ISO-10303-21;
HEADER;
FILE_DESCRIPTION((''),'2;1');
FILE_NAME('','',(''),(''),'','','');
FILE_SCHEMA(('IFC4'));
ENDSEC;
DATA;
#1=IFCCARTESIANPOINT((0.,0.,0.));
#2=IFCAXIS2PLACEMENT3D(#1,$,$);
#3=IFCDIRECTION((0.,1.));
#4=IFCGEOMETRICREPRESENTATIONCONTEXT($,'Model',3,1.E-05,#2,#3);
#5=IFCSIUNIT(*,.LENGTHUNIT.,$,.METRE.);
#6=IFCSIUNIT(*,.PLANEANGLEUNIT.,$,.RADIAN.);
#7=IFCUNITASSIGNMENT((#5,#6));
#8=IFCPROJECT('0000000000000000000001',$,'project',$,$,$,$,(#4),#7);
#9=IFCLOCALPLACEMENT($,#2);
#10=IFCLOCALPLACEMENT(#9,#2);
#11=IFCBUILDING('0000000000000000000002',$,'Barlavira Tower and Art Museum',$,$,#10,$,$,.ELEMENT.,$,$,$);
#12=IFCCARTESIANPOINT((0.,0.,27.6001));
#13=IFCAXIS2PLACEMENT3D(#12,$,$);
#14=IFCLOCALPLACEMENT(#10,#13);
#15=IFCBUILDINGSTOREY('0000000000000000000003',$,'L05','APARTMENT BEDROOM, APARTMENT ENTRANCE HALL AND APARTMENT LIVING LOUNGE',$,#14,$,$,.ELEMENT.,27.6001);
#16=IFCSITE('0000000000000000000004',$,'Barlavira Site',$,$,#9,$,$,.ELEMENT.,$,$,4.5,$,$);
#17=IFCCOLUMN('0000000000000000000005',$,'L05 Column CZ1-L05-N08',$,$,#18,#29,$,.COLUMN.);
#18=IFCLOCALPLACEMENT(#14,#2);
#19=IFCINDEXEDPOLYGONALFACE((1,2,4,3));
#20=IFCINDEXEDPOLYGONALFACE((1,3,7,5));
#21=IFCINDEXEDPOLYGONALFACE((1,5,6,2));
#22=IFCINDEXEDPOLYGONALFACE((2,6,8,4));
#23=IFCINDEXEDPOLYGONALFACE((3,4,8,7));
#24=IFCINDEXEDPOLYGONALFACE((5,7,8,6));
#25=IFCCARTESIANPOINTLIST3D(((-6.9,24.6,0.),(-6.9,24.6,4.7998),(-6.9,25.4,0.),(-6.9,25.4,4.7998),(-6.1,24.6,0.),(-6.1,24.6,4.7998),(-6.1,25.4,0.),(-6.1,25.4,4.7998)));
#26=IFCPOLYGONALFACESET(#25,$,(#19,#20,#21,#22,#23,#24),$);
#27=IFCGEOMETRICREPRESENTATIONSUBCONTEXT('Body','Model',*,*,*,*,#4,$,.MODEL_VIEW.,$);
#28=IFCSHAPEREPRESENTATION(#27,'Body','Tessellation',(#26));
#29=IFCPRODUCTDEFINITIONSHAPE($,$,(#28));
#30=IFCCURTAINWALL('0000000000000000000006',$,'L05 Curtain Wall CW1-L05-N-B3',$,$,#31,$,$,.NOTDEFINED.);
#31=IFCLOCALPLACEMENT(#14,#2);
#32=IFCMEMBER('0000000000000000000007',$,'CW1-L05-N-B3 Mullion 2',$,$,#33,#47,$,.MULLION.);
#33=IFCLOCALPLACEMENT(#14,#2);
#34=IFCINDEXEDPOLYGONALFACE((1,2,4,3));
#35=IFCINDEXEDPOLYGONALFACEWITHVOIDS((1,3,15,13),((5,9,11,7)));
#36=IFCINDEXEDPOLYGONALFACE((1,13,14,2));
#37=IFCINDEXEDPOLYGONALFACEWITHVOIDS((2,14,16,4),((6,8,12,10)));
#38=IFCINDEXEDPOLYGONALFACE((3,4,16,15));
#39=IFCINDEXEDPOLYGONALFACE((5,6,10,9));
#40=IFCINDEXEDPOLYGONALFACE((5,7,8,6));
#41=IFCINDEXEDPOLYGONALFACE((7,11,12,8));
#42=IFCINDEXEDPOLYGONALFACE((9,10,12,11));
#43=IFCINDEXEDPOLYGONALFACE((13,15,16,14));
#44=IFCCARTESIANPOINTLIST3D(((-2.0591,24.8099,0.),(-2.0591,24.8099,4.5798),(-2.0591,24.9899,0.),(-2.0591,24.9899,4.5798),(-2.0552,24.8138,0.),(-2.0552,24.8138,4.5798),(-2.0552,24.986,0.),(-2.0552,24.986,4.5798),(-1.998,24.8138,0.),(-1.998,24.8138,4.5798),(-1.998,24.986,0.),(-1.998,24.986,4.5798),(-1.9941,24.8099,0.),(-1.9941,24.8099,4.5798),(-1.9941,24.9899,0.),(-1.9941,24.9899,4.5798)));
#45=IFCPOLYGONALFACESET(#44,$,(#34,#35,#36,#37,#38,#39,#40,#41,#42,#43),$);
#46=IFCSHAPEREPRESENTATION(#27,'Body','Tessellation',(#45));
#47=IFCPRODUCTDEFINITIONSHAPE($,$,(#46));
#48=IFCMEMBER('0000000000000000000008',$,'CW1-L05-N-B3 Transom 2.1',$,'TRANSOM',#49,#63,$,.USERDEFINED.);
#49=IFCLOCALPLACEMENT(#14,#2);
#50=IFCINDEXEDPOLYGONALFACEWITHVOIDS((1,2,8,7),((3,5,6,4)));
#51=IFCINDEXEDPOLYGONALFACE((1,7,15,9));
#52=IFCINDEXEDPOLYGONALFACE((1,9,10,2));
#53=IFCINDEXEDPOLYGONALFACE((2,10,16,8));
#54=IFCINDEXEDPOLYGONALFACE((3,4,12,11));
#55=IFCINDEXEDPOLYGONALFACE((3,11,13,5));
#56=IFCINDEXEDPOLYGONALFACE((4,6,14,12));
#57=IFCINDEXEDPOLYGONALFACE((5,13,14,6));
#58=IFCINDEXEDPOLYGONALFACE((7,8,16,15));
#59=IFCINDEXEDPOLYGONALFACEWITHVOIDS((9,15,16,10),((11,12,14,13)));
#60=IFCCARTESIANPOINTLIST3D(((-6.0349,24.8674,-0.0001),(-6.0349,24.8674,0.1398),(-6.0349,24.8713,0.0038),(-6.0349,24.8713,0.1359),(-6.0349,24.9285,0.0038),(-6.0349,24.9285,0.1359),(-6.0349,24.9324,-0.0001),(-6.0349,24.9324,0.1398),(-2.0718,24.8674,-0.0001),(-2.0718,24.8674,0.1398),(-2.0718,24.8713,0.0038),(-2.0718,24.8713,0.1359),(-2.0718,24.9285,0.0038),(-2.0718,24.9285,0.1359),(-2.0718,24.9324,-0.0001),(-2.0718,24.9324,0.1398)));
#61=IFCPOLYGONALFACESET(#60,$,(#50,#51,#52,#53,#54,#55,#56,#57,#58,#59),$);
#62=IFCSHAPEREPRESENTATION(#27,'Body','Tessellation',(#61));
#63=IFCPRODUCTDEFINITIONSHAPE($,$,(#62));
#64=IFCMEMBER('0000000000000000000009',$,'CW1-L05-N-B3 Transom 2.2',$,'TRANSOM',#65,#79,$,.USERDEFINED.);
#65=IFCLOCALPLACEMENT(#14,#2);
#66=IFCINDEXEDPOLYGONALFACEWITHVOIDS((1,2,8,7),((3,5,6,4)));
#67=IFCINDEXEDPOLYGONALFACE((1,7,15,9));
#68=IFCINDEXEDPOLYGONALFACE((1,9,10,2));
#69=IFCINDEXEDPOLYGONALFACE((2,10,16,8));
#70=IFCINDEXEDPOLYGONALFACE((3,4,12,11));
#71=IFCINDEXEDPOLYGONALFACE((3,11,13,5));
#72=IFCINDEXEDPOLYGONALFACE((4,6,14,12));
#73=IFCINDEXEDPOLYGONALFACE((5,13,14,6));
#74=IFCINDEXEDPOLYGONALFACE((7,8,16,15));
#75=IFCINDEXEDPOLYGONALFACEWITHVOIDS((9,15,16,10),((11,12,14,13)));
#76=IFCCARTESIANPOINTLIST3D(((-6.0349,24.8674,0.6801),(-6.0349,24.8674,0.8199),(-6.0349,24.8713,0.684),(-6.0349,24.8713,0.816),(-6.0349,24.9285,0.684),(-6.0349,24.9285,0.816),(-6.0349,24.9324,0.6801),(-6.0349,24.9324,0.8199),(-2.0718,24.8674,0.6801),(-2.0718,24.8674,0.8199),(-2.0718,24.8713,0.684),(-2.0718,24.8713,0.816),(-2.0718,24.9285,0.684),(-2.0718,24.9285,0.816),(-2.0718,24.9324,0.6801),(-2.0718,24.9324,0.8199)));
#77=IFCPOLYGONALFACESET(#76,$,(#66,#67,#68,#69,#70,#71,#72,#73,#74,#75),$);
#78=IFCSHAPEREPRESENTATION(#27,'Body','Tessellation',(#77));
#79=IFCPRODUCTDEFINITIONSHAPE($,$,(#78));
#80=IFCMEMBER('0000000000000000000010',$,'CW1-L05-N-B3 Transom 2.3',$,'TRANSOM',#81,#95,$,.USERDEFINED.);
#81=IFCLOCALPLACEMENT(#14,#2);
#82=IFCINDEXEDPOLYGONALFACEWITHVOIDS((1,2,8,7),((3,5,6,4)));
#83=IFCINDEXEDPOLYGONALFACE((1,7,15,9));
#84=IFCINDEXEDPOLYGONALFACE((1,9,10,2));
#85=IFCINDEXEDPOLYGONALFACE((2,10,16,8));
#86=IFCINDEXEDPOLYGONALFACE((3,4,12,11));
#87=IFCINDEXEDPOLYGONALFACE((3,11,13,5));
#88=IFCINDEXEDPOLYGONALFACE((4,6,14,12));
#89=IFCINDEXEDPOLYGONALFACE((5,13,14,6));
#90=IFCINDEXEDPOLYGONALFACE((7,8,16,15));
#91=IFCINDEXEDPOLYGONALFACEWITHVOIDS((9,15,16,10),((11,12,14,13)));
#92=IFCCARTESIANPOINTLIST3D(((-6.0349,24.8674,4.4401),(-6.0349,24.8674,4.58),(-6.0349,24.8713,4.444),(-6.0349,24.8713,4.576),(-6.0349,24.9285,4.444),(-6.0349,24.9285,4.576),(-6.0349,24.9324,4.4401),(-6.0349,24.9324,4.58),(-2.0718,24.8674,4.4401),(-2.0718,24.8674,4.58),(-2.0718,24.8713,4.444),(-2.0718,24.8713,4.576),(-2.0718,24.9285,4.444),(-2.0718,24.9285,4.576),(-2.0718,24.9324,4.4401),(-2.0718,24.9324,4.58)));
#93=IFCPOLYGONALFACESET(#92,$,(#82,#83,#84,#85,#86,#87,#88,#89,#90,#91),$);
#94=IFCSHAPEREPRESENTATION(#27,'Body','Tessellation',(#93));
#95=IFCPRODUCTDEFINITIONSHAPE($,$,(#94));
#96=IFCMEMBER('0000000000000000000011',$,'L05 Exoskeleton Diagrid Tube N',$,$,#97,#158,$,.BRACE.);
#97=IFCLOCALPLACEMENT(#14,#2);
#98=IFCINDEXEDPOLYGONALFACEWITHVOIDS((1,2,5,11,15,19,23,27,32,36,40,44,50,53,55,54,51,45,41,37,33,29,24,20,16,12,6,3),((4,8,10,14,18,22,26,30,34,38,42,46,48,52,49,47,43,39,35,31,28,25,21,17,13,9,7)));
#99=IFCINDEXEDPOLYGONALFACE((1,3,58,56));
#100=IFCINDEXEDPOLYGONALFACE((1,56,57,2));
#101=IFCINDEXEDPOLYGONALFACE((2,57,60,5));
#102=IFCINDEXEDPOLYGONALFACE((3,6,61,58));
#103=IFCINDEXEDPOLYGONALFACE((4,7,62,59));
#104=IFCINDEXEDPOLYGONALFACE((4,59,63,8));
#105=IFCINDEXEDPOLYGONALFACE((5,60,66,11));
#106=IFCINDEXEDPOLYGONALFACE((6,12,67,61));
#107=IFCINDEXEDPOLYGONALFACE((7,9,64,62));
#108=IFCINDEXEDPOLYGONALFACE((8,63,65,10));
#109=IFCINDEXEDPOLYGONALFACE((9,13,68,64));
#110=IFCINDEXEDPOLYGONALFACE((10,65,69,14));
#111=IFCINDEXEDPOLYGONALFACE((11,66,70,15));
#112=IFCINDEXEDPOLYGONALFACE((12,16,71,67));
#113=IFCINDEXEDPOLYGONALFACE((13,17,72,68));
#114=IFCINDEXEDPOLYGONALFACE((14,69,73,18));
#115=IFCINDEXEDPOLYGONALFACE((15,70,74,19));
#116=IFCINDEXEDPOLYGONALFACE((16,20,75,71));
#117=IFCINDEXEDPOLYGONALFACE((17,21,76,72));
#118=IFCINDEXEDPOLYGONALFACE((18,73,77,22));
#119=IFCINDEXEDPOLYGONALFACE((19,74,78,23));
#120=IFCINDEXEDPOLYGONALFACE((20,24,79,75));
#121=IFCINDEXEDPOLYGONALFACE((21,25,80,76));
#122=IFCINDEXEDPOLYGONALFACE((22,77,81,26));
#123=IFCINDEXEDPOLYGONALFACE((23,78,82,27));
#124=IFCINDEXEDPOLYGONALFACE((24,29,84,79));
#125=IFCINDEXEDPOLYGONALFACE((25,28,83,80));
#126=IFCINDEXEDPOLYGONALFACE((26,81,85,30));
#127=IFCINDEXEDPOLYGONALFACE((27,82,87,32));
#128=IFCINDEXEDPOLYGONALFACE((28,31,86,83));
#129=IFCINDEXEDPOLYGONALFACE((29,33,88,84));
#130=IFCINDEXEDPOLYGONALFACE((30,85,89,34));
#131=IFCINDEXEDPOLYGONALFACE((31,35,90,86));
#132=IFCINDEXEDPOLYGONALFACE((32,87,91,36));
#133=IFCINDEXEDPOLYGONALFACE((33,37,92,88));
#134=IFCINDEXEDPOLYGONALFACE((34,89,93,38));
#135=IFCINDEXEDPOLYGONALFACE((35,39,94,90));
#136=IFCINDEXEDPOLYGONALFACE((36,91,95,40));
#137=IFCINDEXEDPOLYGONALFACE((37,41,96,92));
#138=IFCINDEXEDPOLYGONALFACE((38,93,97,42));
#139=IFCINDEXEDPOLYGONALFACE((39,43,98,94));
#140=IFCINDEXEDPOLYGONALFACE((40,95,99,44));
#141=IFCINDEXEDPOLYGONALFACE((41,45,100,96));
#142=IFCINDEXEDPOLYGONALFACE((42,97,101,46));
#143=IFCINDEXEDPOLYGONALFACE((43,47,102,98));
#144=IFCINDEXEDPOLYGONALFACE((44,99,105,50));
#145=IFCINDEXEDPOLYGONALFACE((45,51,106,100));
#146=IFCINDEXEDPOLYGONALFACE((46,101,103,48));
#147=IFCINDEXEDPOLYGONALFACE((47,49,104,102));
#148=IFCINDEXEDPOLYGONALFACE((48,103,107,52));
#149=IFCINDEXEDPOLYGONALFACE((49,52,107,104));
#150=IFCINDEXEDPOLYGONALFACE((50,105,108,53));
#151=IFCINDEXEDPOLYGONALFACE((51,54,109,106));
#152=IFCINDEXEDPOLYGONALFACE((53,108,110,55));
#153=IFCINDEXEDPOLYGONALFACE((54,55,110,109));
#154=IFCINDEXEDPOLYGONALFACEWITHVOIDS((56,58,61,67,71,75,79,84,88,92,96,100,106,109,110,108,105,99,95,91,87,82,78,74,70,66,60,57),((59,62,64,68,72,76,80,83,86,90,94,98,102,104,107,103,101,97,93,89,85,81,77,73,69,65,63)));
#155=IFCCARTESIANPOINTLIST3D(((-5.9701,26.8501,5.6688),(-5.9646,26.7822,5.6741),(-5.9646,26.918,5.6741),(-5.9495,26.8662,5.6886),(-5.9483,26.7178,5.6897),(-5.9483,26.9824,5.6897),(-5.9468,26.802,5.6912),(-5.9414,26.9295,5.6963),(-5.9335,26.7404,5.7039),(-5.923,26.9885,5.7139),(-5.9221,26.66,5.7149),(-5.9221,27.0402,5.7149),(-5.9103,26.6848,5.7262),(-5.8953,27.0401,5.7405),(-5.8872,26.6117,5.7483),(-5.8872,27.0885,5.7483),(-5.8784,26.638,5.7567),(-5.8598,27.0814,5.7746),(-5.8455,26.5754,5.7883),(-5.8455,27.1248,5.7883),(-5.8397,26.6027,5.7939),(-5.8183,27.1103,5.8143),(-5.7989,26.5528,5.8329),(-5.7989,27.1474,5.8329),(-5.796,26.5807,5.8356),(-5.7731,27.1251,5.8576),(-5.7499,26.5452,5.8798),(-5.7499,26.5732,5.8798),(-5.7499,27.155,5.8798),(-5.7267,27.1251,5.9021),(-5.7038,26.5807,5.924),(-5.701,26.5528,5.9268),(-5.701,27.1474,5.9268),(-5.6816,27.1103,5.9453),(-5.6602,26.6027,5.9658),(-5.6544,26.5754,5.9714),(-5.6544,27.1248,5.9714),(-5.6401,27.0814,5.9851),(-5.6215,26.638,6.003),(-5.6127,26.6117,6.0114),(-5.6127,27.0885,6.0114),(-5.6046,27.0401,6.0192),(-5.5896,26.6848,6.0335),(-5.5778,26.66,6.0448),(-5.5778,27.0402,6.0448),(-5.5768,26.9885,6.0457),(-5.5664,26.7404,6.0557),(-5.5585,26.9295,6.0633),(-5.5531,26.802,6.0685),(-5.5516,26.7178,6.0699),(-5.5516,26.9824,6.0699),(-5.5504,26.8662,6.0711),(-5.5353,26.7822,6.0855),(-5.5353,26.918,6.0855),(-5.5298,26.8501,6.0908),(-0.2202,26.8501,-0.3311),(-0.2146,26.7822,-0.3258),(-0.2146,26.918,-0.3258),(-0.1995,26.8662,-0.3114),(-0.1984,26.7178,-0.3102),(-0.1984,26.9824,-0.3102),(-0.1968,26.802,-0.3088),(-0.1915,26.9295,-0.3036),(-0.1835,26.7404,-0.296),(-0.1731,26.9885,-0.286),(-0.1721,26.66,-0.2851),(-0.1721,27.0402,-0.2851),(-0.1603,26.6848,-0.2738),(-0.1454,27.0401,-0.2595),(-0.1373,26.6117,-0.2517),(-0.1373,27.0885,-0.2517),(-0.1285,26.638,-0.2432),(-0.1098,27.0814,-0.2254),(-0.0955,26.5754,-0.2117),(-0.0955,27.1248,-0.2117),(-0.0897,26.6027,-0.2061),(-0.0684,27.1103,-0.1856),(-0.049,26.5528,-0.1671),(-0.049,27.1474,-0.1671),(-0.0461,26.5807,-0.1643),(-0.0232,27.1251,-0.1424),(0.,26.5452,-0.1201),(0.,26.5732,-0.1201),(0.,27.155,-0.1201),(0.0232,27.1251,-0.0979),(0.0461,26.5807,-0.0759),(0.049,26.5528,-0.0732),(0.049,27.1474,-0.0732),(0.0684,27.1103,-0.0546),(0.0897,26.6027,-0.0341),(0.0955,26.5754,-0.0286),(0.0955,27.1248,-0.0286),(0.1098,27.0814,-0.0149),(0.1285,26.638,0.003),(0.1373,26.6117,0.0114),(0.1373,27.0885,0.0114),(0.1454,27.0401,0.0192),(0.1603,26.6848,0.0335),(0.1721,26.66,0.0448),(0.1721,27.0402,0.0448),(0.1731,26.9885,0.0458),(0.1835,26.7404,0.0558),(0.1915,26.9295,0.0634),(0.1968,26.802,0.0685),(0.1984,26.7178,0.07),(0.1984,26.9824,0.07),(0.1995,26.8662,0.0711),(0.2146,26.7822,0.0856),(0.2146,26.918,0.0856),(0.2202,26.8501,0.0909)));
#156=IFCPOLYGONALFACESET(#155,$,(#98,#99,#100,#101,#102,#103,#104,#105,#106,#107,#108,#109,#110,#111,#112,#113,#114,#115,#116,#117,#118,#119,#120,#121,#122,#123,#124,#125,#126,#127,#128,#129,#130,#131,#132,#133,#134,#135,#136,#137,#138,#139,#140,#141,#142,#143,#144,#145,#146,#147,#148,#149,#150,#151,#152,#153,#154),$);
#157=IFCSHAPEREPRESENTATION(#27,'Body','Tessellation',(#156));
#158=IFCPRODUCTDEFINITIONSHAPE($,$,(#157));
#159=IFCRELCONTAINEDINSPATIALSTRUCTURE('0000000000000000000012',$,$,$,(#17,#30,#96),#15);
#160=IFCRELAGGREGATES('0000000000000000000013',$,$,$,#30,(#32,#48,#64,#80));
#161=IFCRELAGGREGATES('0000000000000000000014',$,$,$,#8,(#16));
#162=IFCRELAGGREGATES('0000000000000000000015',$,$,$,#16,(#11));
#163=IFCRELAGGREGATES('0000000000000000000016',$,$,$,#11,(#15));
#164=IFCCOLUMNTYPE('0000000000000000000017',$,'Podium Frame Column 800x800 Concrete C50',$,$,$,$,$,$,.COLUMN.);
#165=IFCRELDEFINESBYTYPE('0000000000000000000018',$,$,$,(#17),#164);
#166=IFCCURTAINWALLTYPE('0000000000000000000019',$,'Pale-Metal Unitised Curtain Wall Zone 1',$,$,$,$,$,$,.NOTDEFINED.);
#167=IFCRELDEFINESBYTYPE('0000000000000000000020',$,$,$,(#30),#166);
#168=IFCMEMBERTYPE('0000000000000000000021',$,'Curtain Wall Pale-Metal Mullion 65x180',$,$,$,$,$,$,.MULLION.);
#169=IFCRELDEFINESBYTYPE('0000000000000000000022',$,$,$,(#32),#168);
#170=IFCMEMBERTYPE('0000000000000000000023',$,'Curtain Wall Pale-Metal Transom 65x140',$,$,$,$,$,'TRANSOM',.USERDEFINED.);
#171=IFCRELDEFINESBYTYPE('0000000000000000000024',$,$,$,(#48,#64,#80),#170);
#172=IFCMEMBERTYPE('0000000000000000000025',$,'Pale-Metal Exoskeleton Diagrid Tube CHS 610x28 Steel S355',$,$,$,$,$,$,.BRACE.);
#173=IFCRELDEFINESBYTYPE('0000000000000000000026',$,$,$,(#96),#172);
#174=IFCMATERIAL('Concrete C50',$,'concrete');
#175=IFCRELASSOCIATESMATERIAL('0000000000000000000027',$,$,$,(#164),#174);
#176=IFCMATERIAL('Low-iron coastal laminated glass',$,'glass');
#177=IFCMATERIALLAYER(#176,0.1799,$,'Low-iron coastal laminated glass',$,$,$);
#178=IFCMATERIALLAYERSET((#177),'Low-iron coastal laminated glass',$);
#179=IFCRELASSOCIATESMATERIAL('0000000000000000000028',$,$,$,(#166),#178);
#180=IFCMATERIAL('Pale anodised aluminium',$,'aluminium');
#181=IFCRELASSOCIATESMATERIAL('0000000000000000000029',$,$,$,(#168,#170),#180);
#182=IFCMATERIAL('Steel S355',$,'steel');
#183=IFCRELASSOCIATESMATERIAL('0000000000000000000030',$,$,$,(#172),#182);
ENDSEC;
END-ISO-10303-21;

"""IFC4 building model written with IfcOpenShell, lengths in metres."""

from ifc_helpers import new_model, si_unit, direction, frame, origin, origin_2d, place, context, subcontext, project, spatial, rectangle, hollow_rectangle, hollow_circle, extrude, material, layer, layer_set, material_profile, profile_set, type_object, element, aggregate, save


model = new_model("IFC4")

# Units and contexts
model_context = context("Model", 3, precision=1e-05, world=origin(), true_north=direction((0.0, 1.0)))
body_context = subcontext(model_context, "Body", "Model", "MODEL_VIEW")
ifc_project = project(units=[si_unit("LENGTHUNIT", "METRE"), si_unit("PLANEANGLEUNIT", "RADIAN")], contexts=[model_context])

# Site, building, storey
site_placement = place(None, origin())
site = spatial("IfcSite", under=ifc_project, at=site_placement, Name="Barlavira Site", CompositionType="ELEMENT", RefElevation=4.5)
building_placement = place(site_placement, origin())
building = spatial("IfcBuilding", under=site, at=building_placement, Name="Barlavira Tower and Art Museum", CompositionType="ELEMENT")
storey_placement = place(building_placement, frame((0.0, 0.0, 27.6001)))
storey = spatial("IfcBuildingStorey", under=building, at=storey_placement, Name="L05", Description="APARTMENT BEDROOM, APARTMENT ENTRANCE HALL AND APARTMENT LIVING LOUNGE", CompositionType="ELEMENT", Elevation=27.6001)

# Column
ifc_material_1 = material(Name="Concrete C50", Category="concrete")
ifc_material_profile_1 = material_profile(ifc_material_1, rectangle(XDim=0.8, YDim=0.8, at=origin_2d()), Name="RC-COL 800x800")
ifc_profile_set_1 = profile_set([ifc_material_profile_1], Name="Concrete C50")
column_type = type_object("IfcColumnType", Name="Podium Frame Column 800x800 Concrete C50", PredefinedType="COLUMN", material=ifc_profile_set_1)
column_placement = place(storey_placement, frame((-6.5, 25.0, 0.0), z_axis=(0.0, 0.0, 1.0), x_axis=(1.0, 0.0, 0.0)))
element("IfcColumn", 1, at=column_placement, inside=storey, type_object=column_type, Name="L05 Column CZ1-L05-N08", PredefinedType="COLUMN", context=body_context, shape_type="SweptSolid", body=[
    extrude(rectangle(XDim=0.8, YDim=0.8, at=origin_2d()), origin(), (0.0, 0.0, 1.0), 4.7998),
])

# Curtain wall, members
ifc_material_2 = material(Name="Low-iron coastal laminated glass", Category="glass")
ifc_layer_1 = layer(ifc_material_2, 0.1799, Name="Low-iron coastal laminated glass")
ifc_layer_set_1 = layer_set([ifc_layer_1], Name="Low-iron coastal laminated glass")
curtain_wall_type = type_object("IfcCurtainWallType", Name="Pale-Metal Unitised Curtain Wall Zone 1", PredefinedType="NOTDEFINED", material=ifc_layer_set_1)
curtain_wall_placement = place(storey_placement, origin())
curtain_wall = element("IfcCurtainWall", 2, at=curtain_wall_placement, inside=storey, type_object=curtain_wall_type, Name="L05 Curtain Wall CW1-L05-N-B3", PredefinedType="NOTDEFINED")
ifc_material_3 = material(Name="Pale anodised aluminium", Category="aluminium")
ifc_material_profile_2 = material_profile(ifc_material_3, hollow_rectangle(XDim=0.0649, YDim=0.1799, WallThickness=0.0039, at=origin_2d()), Name="ALU-MULL 65x180x4")
ifc_profile_set_2 = profile_set([ifc_material_profile_2], Name="Pale anodised aluminium")
member_type_1 = type_object("IfcMemberType", Name="Curtain Wall Pale-Metal Mullion 65x180", PredefinedType="MULLION", material=ifc_profile_set_2)
member_1_placement = place(storey_placement, frame((-2.0266, 24.8999, 0.0), z_axis=(0.0, 0.0, 1.0), x_axis=(-1.0, 0.0, 0.0)))
member_1 = element("IfcMember", 3, at=member_1_placement, type_object=member_type_1, Name="CW1-L05-N-B3 Mullion 2", PredefinedType="MULLION", context=body_context, shape_type="SweptSolid", body=[
    extrude(hollow_rectangle(XDim=0.0649, YDim=0.1799, WallThickness=0.0039, at=origin_2d()), origin(), (0.0, 0.0, 1.0), 4.5798),
])
ifc_material_profile_3 = material_profile(ifc_material_3, hollow_rectangle(XDim=0.0649, YDim=0.1399, WallThickness=0.0039, at=origin_2d()), Name="ALU-TRAN 65x140x4")
ifc_profile_set_3 = profile_set([ifc_material_profile_3], Name="Pale anodised aluminium")
member_type_2 = type_object("IfcMemberType", Name="Curtain Wall Pale-Metal Transom 65x140", ElementType="TRANSOM", PredefinedType="USERDEFINED", material=ifc_profile_set_3)
member_2_placement = place(storey_placement, frame((-2.0718, 24.8999, 0.0698), z_axis=(-1.0, 0.0, 0.0), x_axis=(0.0, -1.0, 0.0)))
member_2 = element("IfcMember", 4, at=member_2_placement, type_object=member_type_2, Name="CW1-L05-N-B3 Transom 2.1", ObjectType="TRANSOM", PredefinedType="USERDEFINED", context=body_context, shape_type="SweptSolid", body=[
    extrude(hollow_rectangle(XDim=0.0649, YDim=0.1399, WallThickness=0.0039, at=origin_2d()), origin(), (0.0, 0.0, 1.0), 3.9631),
])
member_3_placement = place(storey_placement, frame((-2.0718, 24.8999, 0.75), z_axis=(-1.0, 0.0, 0.0), x_axis=(0.0, -1.0, 0.0)))
member_3 = element("IfcMember", 5, at=member_3_placement, type_object=member_type_2, Name="CW1-L05-N-B3 Transom 2.2", ObjectType="TRANSOM", PredefinedType="USERDEFINED", context=body_context, shape_type="SweptSolid", body=[
    extrude(hollow_rectangle(XDim=0.0649, YDim=0.1399, WallThickness=0.0039, at=origin_2d()), origin(), (0.0, 0.0, 1.0), 3.9631),
])
member_4_placement = place(storey_placement, frame((-2.0718, 24.8999, 4.51), z_axis=(-1.0, 0.0, 0.0), x_axis=(0.0, -1.0, 0.0)))
member_4 = element("IfcMember", 6, at=member_4_placement, type_object=member_type_2, Name="CW1-L05-N-B3 Transom 2.3", ObjectType="TRANSOM", PredefinedType="USERDEFINED", context=body_context, shape_type="SweptSolid", body=[
    extrude(hollow_rectangle(XDim=0.0649, YDim=0.1399, WallThickness=0.0039, at=origin_2d()), origin(), (0.0, 0.0, 1.0), 3.9631),
])

# Member
ifc_material_4 = material(Name="Steel S355", Category="steel")
ifc_material_profile_4 = material_profile(ifc_material_4, hollow_circle(Radius=0.3049, WallThickness=0.0281, at=origin_2d()), Name="CHS 610.0x28.0")
ifc_profile_set_4 = profile_set([ifc_material_profile_4], Name="Steel S355")
member_type_3 = type_object("IfcMemberType", Name="Pale-Metal Exoskeleton Diagrid Tube CHS 610x28 Steel S355", PredefinedType="BRACE", material=ifc_profile_set_4)
for number, where, z_axis, x_axis, name in (
    (7, (0.0, 26.8501, -0.1201), (-0.691905, 0.0, 0.721988), (0.0, -1.0, 0.0), "L05 Exoskeleton Diagrid Tube N"),
):
    element("IfcMember", number, at=place(storey_placement, frame(where, z_axis=z_axis, x_axis=x_axis)), inside=storey, type_object=member_type_3, Name=name, PredefinedType="BRACE", context=body_context, shape_type="SweptSolid", body=[
        extrude(hollow_circle(Radius=0.3049, WallThickness=0.0281, at=origin_2d()), origin(), (0.0, 0.0, 1.0), 8.3103),
    ])

aggregate(curtain_wall, [member_1, member_2, member_3, member_4])

save(model, "model.ifc")
